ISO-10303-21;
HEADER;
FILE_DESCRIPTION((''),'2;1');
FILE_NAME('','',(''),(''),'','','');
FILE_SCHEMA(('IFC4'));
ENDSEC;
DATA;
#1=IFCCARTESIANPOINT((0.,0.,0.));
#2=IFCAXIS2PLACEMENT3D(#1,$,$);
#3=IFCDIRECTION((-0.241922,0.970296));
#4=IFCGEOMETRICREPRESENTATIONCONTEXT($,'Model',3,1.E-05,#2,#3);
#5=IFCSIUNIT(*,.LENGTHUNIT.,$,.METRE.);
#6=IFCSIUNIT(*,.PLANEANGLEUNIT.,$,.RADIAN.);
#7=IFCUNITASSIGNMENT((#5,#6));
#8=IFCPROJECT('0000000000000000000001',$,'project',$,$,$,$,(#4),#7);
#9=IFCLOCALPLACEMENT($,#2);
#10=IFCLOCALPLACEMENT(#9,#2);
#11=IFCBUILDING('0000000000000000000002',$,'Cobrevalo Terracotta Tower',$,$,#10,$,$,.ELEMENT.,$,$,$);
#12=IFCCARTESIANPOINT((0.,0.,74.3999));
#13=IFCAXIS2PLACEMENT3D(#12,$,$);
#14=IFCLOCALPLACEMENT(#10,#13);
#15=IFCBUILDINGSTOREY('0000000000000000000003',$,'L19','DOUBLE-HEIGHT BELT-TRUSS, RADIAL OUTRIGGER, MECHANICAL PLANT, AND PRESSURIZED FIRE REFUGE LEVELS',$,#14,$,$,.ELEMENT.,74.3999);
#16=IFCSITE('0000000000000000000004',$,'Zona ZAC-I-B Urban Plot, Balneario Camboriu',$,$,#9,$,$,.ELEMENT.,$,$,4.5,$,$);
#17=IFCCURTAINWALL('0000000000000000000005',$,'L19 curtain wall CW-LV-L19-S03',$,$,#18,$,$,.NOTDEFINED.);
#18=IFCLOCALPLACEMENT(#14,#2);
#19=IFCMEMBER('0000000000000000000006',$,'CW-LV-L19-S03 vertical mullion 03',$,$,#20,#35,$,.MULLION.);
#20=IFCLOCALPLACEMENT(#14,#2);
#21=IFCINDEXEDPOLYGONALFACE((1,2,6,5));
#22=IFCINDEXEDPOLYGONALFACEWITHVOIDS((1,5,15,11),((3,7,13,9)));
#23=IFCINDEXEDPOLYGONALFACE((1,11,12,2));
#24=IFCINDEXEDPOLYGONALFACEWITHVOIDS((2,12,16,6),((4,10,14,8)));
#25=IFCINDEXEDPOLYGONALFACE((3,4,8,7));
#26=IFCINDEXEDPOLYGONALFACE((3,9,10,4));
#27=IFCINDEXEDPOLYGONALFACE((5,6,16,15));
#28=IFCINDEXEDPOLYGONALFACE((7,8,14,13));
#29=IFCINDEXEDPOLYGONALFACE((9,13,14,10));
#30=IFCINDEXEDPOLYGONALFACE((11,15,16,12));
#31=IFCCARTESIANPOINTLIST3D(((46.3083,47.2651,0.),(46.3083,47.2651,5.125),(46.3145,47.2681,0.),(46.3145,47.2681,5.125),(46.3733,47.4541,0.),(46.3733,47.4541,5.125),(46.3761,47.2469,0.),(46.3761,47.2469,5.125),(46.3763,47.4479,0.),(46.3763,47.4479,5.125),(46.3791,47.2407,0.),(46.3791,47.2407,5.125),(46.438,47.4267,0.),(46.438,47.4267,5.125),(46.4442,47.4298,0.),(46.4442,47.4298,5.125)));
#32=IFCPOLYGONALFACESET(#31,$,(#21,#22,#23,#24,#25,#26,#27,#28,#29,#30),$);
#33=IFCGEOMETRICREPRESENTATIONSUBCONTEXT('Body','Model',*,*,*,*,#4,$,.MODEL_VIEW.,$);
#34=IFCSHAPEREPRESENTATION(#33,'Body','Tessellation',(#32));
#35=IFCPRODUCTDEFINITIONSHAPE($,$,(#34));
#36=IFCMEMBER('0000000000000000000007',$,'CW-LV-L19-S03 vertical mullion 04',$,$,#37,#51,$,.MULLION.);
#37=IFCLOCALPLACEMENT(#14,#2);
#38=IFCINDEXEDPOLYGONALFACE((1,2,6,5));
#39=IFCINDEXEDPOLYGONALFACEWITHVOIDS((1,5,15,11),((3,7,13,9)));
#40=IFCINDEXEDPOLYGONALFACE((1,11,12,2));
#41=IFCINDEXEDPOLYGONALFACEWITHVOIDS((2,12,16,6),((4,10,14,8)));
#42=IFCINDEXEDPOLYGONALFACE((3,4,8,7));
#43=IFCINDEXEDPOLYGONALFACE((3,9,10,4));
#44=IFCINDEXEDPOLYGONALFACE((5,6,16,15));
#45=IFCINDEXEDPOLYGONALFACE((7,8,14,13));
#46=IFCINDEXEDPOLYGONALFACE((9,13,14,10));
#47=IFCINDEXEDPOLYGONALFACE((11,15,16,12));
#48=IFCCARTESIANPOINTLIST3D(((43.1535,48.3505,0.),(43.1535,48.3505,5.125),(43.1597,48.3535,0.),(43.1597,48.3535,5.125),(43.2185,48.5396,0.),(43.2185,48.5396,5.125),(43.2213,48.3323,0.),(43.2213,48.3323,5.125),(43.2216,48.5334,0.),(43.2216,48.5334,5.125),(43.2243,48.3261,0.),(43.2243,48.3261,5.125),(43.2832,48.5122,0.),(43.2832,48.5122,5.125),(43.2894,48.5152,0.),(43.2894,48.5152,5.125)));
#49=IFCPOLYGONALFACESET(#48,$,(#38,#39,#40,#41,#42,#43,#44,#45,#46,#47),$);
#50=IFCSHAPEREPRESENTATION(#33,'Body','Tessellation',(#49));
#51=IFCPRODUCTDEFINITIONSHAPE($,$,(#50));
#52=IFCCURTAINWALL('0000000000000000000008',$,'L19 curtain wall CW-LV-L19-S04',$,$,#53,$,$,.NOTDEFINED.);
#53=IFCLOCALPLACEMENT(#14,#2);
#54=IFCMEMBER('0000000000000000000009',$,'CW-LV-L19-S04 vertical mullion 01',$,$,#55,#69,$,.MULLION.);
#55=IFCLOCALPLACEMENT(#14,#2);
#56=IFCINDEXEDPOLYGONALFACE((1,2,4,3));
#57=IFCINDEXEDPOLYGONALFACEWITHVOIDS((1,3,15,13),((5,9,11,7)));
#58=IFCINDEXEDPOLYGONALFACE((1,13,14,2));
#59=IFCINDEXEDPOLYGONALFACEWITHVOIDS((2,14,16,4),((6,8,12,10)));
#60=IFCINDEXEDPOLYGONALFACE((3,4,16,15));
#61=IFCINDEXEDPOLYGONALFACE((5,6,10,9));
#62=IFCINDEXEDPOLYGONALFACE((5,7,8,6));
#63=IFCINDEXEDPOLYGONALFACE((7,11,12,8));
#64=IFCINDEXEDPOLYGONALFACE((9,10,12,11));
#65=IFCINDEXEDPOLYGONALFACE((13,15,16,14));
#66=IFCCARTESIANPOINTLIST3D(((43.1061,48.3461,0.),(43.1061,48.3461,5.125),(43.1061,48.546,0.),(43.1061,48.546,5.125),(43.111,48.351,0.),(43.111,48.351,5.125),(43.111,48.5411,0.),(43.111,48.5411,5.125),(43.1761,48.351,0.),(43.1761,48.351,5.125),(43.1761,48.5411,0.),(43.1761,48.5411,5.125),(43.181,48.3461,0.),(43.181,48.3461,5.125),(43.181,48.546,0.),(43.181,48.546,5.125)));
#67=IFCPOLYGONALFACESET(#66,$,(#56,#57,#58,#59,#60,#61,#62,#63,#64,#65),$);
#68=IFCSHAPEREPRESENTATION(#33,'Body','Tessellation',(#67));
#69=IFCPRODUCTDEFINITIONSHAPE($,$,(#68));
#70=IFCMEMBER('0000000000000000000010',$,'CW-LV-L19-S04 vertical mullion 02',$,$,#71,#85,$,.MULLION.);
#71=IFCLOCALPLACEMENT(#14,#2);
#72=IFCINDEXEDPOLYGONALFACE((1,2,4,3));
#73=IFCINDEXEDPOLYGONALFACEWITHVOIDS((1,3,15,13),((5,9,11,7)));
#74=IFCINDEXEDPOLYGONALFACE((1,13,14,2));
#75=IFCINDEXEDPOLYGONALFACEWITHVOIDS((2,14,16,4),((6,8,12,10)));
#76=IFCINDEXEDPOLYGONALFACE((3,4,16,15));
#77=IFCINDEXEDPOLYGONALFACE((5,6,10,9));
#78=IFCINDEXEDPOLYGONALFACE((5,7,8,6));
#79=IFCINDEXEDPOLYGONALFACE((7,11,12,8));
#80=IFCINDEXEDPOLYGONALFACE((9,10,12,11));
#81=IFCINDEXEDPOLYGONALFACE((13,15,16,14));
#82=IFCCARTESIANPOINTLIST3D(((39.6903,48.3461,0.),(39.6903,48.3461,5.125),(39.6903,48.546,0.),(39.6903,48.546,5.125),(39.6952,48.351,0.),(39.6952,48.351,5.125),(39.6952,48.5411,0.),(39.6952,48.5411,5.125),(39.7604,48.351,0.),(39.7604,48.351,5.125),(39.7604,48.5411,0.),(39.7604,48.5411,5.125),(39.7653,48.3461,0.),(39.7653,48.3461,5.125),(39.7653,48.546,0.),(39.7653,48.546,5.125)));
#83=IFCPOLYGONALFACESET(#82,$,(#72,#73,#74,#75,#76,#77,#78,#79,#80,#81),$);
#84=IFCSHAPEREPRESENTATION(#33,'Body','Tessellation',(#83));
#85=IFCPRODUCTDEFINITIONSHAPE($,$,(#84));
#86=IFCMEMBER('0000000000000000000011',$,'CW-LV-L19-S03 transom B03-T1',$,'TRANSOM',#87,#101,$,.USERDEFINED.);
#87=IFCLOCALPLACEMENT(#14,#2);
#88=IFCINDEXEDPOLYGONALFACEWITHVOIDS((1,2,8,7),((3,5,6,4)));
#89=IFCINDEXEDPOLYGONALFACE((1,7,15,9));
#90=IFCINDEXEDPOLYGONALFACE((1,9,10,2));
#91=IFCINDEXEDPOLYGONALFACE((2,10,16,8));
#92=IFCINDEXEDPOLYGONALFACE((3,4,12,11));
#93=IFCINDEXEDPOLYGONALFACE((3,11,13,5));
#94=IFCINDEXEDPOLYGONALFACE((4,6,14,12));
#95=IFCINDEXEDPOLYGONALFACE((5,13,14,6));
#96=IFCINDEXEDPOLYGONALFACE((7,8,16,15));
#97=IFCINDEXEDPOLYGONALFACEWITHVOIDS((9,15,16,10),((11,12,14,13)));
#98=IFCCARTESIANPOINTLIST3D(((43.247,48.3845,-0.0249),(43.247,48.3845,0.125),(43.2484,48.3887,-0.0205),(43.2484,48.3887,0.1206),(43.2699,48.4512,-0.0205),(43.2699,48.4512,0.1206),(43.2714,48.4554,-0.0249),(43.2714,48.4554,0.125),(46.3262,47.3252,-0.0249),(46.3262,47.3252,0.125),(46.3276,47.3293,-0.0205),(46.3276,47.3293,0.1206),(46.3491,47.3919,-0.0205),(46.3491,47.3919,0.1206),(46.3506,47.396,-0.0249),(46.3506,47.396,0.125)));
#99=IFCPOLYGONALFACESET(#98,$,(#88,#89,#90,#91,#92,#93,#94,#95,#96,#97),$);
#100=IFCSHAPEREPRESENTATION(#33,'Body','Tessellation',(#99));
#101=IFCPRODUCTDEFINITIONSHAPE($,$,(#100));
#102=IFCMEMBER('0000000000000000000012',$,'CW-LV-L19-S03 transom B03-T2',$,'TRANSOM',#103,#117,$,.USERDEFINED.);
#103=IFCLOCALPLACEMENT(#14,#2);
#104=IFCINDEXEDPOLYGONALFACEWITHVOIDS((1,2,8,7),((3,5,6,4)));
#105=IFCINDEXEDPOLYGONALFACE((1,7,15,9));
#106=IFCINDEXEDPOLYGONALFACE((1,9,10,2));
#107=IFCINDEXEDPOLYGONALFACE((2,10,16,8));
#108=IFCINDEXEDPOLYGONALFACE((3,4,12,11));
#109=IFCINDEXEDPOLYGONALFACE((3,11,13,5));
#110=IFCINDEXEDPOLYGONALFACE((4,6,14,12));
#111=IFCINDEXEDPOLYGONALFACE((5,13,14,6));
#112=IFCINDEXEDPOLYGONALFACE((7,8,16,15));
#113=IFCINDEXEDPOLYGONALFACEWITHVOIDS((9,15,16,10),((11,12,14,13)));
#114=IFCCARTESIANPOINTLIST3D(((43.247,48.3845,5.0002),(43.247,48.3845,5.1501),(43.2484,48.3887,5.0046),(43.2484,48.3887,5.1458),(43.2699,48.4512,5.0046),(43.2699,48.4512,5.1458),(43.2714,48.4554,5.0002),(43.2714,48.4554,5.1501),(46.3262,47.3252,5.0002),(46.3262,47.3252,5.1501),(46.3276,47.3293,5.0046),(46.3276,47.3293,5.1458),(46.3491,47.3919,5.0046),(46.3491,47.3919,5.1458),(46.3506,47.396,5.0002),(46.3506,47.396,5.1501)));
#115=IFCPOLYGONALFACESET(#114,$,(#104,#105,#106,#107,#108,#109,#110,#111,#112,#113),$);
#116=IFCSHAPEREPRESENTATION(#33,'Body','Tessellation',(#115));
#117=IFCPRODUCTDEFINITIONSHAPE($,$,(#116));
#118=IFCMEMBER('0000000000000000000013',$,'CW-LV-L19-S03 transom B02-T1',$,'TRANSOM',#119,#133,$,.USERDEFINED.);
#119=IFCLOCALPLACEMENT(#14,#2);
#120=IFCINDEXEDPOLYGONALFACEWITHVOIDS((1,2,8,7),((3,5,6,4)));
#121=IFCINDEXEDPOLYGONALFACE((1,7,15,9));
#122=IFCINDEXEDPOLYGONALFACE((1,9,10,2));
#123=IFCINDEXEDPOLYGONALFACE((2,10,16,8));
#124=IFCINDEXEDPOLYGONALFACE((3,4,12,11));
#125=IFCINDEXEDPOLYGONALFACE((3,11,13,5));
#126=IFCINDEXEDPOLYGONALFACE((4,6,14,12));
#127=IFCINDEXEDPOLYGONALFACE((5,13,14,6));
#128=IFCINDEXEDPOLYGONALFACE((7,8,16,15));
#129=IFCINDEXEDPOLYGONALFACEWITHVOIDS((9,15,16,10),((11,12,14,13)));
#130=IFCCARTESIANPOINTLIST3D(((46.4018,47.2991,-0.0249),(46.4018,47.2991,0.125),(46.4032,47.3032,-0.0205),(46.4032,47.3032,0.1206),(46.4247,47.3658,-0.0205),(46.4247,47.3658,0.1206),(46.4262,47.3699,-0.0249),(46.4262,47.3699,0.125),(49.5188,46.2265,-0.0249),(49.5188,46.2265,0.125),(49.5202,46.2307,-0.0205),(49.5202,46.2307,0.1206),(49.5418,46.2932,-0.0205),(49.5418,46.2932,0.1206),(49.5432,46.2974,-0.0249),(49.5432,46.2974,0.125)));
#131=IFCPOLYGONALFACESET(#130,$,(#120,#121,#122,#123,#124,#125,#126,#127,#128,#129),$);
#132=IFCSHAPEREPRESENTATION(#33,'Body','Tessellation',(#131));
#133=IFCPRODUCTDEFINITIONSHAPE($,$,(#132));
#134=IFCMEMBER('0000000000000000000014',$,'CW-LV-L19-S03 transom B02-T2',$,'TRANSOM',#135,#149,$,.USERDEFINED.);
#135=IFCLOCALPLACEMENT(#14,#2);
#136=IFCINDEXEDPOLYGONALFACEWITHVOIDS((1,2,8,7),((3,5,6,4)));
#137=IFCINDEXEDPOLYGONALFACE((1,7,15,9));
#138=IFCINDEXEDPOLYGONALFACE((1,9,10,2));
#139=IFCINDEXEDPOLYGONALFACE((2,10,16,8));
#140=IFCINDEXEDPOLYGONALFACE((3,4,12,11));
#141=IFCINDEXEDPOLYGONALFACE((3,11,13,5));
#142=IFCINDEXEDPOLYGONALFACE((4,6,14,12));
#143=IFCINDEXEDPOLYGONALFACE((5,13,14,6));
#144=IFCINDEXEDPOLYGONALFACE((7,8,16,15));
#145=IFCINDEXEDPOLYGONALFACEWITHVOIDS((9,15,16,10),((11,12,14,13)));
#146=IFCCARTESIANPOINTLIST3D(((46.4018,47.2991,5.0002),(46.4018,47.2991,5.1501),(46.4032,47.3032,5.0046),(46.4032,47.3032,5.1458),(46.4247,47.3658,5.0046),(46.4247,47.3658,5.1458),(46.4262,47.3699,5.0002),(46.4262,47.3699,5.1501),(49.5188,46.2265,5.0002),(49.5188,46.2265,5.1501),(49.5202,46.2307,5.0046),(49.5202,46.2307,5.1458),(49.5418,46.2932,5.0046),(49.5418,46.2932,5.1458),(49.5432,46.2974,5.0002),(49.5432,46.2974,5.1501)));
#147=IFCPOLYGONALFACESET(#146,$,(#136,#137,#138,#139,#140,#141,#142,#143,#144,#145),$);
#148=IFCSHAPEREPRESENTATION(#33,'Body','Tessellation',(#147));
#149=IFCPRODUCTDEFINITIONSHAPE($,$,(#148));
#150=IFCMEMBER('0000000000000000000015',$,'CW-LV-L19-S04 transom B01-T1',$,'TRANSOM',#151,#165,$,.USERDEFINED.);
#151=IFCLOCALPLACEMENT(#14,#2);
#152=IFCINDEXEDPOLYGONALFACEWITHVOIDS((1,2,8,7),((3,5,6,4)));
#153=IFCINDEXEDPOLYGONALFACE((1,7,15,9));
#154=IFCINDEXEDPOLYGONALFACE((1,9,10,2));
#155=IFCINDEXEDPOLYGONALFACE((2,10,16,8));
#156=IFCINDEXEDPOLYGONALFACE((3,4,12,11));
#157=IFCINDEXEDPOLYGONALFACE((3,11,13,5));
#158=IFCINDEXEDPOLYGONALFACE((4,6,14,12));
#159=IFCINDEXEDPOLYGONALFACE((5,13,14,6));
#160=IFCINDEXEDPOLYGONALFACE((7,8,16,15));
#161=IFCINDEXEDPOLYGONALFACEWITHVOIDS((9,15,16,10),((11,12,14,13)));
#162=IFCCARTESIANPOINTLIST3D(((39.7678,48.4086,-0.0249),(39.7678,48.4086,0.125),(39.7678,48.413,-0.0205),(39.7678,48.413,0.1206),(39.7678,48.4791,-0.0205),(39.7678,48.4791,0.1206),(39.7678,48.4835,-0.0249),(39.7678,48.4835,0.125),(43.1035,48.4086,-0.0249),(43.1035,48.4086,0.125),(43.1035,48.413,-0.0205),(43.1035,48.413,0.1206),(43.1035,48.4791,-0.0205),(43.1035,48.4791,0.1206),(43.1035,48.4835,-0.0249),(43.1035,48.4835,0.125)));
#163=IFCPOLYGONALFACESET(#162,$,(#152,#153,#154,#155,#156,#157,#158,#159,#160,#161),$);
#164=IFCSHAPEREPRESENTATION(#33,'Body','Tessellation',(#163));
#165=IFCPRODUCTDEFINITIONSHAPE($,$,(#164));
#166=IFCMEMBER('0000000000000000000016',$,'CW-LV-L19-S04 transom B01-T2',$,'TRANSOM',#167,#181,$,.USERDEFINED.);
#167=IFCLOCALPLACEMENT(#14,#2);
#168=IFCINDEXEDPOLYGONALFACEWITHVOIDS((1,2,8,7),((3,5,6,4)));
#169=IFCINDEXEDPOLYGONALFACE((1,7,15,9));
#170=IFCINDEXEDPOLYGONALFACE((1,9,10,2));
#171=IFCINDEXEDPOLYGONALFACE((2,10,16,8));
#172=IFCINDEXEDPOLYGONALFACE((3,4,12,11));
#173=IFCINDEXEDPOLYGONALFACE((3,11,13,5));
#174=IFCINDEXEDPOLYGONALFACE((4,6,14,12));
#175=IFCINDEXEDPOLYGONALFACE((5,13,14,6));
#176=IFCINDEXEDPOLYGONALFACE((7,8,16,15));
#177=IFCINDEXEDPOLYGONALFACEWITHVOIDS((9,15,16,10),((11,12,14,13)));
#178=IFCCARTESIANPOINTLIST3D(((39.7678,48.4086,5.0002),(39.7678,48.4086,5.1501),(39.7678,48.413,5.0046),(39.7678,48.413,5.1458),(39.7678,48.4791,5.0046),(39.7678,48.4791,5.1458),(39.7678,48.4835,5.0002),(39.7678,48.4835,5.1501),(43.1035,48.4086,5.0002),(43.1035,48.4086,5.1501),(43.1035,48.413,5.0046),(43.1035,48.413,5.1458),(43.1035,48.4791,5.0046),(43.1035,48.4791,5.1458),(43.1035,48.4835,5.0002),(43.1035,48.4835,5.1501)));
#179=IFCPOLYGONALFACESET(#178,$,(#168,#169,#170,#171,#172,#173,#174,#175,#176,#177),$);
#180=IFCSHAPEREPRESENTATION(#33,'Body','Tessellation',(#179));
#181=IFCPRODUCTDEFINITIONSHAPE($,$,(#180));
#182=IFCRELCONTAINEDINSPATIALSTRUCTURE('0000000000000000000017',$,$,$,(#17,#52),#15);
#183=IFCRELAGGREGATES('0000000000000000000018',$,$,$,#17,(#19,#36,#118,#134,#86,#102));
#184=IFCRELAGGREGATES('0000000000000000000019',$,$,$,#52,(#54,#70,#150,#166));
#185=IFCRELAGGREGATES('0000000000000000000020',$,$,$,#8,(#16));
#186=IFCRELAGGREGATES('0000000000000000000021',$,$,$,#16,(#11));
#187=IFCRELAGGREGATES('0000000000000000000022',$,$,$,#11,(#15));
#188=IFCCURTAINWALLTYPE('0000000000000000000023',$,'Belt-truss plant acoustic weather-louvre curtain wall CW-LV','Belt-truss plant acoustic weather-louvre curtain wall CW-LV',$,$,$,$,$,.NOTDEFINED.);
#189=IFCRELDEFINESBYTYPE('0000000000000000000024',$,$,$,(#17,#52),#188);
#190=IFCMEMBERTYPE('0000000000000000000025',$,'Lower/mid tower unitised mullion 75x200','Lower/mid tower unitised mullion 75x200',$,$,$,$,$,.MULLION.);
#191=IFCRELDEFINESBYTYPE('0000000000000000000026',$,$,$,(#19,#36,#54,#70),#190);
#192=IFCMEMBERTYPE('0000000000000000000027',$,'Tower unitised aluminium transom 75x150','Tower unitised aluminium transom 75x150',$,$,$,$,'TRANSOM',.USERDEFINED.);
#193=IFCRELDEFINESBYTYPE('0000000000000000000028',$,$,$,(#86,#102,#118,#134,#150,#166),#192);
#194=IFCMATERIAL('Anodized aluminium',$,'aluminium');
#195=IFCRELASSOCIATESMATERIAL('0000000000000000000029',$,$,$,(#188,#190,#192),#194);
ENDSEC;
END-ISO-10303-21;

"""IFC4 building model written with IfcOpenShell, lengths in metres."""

from ifc_helpers import new_model, si_unit, direction, frame, origin, origin_2d, place, context, subcontext, project, spatial, hollow_rectangle, extrude, source, transform, mapped, material, material_profile, profile_set, type_object, element, aggregate, save


model = new_model("IFC4")

# Units and contexts
model_context = context("Model", 3, precision=1e-05, world=origin(), true_north=direction((-0.241922, 0.970296)))
body_context = subcontext(model_context, "Body", "Model", "MODEL_VIEW")
ifc_project = project(units=[si_unit("LENGTHUNIT", "METRE"), si_unit("PLANEANGLEUNIT", "RADIAN")], contexts=[model_context])

# Site, building, storey
site_placement = place(None, origin())
site = spatial("IfcSite", under=ifc_project, at=site_placement, Name="Zona ZAC-I-B Urban Plot, Balneario Camboriu", CompositionType="ELEMENT", RefElevation=4.5)
building_placement = place(site_placement, origin())
building = spatial("IfcBuilding", under=site, at=building_placement, Name="Cobrevalo Terracotta Tower", CompositionType="ELEMENT")
storey_placement = place(building_placement, frame((0.0, 0.0, 74.3999)))
storey = spatial("IfcBuildingStorey", under=building, at=storey_placement, Name="L19", Description="DOUBLE-HEIGHT BELT-TRUSS, RADIAL OUTRIGGER, MECHANICAL PLANT, AND PRESSURIZED FIRE REFUGE LEVELS", CompositionType="ELEMENT", Elevation=74.3999)

# Curtain walls, members
ifc_material_1 = material(Name="Anodized aluminium", Category="aluminium")
curtain_wall_type = type_object("IfcCurtainWallType", Name="Belt-truss plant acoustic weather-louvre curtain wall CW-LV", Description="Belt-truss plant acoustic weather-louvre curtain wall CW-LV", PredefinedType="NOTDEFINED", material=ifc_material_1)
curtain_wall_1_placement = place(storey_placement, origin())
curtain_wall_1 = element("IfcCurtainWall", 1, at=curtain_wall_1_placement, inside=storey, type_object=curtain_wall_type, Name="L19 curtain wall CW-LV-L19-S03", PredefinedType="NOTDEFINED")
ifc_material_profile_1 = material_profile(ifc_material_1, hollow_rectangle(XDim=0.075, YDim=0.2, WallThickness=0.0049, at=origin_2d()), Name="CWM 75x200")
ifc_profile_set_1 = profile_set([ifc_material_profile_1], Name="Anodized aluminium")
member_type_1 = type_object("IfcMemberType", Name="Lower/mid tower unitised mullion 75x200", Description="Lower/mid tower unitised mullion 75x200", PredefinedType="MULLION", material=ifc_profile_set_1)
shared_shape_1 = source(origin(), body_context, "Body", "SweptSolid", [
    extrude(hollow_rectangle(XDim=0.075, YDim=0.2, WallThickness=0.0049, at=origin_2d()), origin(), (0.0, 0.0, 1.0), 5.125),
])
member_1_placement = place(storey_placement, frame((46.3762, 47.3474, 0.0), z_axis=(0.0, 0.0, 1.0), x_axis=(-0.945598, 0.325337, 0.0)))
member_1 = element("IfcMember", 2, at=member_1_placement, type_object=member_type_1, Name="CW-LV-L19-S03 vertical mullion 03", PredefinedType="MULLION", context=body_context, shape_type="MappedRepresentation", body=[
    mapped(shared_shape_1, transform((0.0, 0.0, 0.0), scale=1.0)),
])
member_2_placement = place(storey_placement, frame((43.2214, 48.4329, 0.0), z_axis=(0.0, 0.0, 1.0), x_axis=(-0.945598, 0.325337, 0.0)))
member_2 = element("IfcMember", 3, at=member_2_placement, type_object=member_type_1, Name="CW-LV-L19-S03 vertical mullion 04", PredefinedType="MULLION", context=body_context, shape_type="MappedRepresentation", body=[
    mapped(shared_shape_1, transform((0.0, 0.0, 0.0), scale=1.0)),
])
curtain_wall_2_placement = place(storey_placement, origin())
curtain_wall_2 = element("IfcCurtainWall", 4, at=curtain_wall_2_placement, inside=storey, type_object=curtain_wall_type, Name="L19 curtain wall CW-LV-L19-S04", PredefinedType="NOTDEFINED")
member_3_placement = place(storey_placement, frame((43.1436, 48.446, 0.0), z_axis=(0.0, 0.0, 1.0), x_axis=(-1.0, 0.0, 0.0)))
member_3 = element("IfcMember", 5, at=member_3_placement, type_object=member_type_1, Name="CW-LV-L19-S04 vertical mullion 01", PredefinedType="MULLION", context=body_context, shape_type="MappedRepresentation", body=[
    mapped(shared_shape_1, transform((0.0, 0.0, 0.0), scale=1.0)),
])
member_4_placement = place(storey_placement, frame((39.7278, 48.446, 0.0), z_axis=(0.0, 0.0, 1.0), x_axis=(-1.0, 0.0, 0.0)))
member_4 = element("IfcMember", 6, at=member_4_placement, type_object=member_type_1, Name="CW-LV-L19-S04 vertical mullion 02", PredefinedType="MULLION", context=body_context, shape_type="MappedRepresentation", body=[
    mapped(shared_shape_1, transform((0.0, 0.0, 0.0), scale=1.0)),
])

# Members
ifc_material_profile_2 = material_profile(ifc_material_1, hollow_rectangle(XDim=0.075, YDim=0.1499, WallThickness=0.0044, at=origin_2d()), Name="CWT 75x150")
ifc_profile_set_2 = profile_set([ifc_material_profile_2], Name="Anodized aluminium")
member_type_2 = type_object("IfcMemberType", Name="Tower unitised aluminium transom 75x150", Description="Tower unitised aluminium transom 75x150", ElementType="TRANSOM", PredefinedType="USERDEFINED", material=ifc_profile_set_2)
shared_shape_2 = source(origin(), body_context, "Body", "SweptSolid", [
    extrude(hollow_rectangle(XDim=0.075, YDim=0.1499, WallThickness=0.0044, at=origin_2d()), origin(), (0.0, 0.0, 1.0), 3.2563),
])
member_5_placement = place(storey_placement, frame((46.3384, 47.3606, 0.05), z_axis=(-0.945603, 0.325323, 0.0), x_axis=(-0.325323, -0.945603, 0.0)))
member_5 = element("IfcMember", 7, at=member_5_placement, type_object=member_type_2, Name="CW-LV-L19-S03 transom B03-T1", ObjectType="TRANSOM", PredefinedType="USERDEFINED", context=body_context, shape_type="MappedRepresentation", body=[
    mapped(shared_shape_2, transform((0.0, 0.0, 0.0), scale=1.0)),
])
member_6_placement = place(storey_placement, frame((46.3384, 47.3606, 5.0752), z_axis=(-0.945603, 0.325323, 0.0), x_axis=(-0.325323, -0.945603, 0.0)))
member_6 = element("IfcMember", 8, at=member_6_placement, type_object=member_type_2, Name="CW-LV-L19-S03 transom B03-T2", ObjectType="TRANSOM", PredefinedType="USERDEFINED", context=body_context, shape_type="MappedRepresentation", body=[
    mapped(shared_shape_2, transform((0.0, 0.0, 0.0), scale=1.0)),
])
shared_shape_3 = source(origin(), body_context, "Body", "SweptSolid", [
    extrude(hollow_rectangle(XDim=0.075, YDim=0.1499, WallThickness=0.0044, at=origin_2d()), origin(), (0.0, 0.0, 1.0), 3.2964),
])
member_7_placement = place(storey_placement, frame((49.531, 46.262, 0.05), z_axis=(-0.945588, 0.325367, 0.0), x_axis=(-0.325367, -0.945588, 0.0)))
member_7 = element("IfcMember", 9, at=member_7_placement, type_object=member_type_2, Name="CW-LV-L19-S03 transom B02-T1", ObjectType="TRANSOM", PredefinedType="USERDEFINED", context=body_context, shape_type="MappedRepresentation", body=[
    mapped(shared_shape_3, transform((0.0, 0.0, 0.0), scale=1.0)),
])
member_8_placement = place(storey_placement, frame((49.531, 46.262, 5.0752), z_axis=(-0.945588, 0.325367, 0.0), x_axis=(-0.325367, -0.945588, 0.0)))
member_8 = element("IfcMember", 10, at=member_8_placement, type_object=member_type_2, Name="CW-LV-L19-S03 transom B02-T2", ObjectType="TRANSOM", PredefinedType="USERDEFINED", context=body_context, shape_type="MappedRepresentation", body=[
    mapped(shared_shape_3, transform((0.0, 0.0, 0.0), scale=1.0)),
])
shared_shape_4 = source(origin(), body_context, "Body", "SweptSolid", [
    extrude(hollow_rectangle(XDim=0.075, YDim=0.1499, WallThickness=0.0044, at=origin_2d()), origin(), (0.0, 0.0, 1.0), 3.3357),
])
member_9_placement = place(storey_placement, frame((43.1035, 48.446, 0.05), z_axis=(-1.0, 0.0, 0.0), x_axis=(0.0, -1.0, 0.0)))
member_9 = element("IfcMember", 11, at=member_9_placement, type_object=member_type_2, Name="CW-LV-L19-S04 transom B01-T1", ObjectType="TRANSOM", PredefinedType="USERDEFINED", context=body_context, shape_type="MappedRepresentation", body=[
    mapped(shared_shape_4, transform((0.0, 0.0, 0.0), scale=1.0)),
])
member_10_placement = place(storey_placement, frame((43.1035, 48.446, 5.0752), z_axis=(-1.0, 0.0, 0.0), x_axis=(0.0, -1.0, 0.0)))
member_10 = element("IfcMember", 12, at=member_10_placement, type_object=member_type_2, Name="CW-LV-L19-S04 transom B01-T2", ObjectType="TRANSOM", PredefinedType="USERDEFINED", context=body_context, shape_type="MappedRepresentation", body=[
    mapped(shared_shape_4, transform((0.0, 0.0, 0.0), scale=1.0)),
])

aggregate(curtain_wall_1, [member_1, member_2, member_7, member_8, member_5, member_6])
aggregate(curtain_wall_2, [member_3, member_4, member_9, member_10])

save(model, "model.ifc")
